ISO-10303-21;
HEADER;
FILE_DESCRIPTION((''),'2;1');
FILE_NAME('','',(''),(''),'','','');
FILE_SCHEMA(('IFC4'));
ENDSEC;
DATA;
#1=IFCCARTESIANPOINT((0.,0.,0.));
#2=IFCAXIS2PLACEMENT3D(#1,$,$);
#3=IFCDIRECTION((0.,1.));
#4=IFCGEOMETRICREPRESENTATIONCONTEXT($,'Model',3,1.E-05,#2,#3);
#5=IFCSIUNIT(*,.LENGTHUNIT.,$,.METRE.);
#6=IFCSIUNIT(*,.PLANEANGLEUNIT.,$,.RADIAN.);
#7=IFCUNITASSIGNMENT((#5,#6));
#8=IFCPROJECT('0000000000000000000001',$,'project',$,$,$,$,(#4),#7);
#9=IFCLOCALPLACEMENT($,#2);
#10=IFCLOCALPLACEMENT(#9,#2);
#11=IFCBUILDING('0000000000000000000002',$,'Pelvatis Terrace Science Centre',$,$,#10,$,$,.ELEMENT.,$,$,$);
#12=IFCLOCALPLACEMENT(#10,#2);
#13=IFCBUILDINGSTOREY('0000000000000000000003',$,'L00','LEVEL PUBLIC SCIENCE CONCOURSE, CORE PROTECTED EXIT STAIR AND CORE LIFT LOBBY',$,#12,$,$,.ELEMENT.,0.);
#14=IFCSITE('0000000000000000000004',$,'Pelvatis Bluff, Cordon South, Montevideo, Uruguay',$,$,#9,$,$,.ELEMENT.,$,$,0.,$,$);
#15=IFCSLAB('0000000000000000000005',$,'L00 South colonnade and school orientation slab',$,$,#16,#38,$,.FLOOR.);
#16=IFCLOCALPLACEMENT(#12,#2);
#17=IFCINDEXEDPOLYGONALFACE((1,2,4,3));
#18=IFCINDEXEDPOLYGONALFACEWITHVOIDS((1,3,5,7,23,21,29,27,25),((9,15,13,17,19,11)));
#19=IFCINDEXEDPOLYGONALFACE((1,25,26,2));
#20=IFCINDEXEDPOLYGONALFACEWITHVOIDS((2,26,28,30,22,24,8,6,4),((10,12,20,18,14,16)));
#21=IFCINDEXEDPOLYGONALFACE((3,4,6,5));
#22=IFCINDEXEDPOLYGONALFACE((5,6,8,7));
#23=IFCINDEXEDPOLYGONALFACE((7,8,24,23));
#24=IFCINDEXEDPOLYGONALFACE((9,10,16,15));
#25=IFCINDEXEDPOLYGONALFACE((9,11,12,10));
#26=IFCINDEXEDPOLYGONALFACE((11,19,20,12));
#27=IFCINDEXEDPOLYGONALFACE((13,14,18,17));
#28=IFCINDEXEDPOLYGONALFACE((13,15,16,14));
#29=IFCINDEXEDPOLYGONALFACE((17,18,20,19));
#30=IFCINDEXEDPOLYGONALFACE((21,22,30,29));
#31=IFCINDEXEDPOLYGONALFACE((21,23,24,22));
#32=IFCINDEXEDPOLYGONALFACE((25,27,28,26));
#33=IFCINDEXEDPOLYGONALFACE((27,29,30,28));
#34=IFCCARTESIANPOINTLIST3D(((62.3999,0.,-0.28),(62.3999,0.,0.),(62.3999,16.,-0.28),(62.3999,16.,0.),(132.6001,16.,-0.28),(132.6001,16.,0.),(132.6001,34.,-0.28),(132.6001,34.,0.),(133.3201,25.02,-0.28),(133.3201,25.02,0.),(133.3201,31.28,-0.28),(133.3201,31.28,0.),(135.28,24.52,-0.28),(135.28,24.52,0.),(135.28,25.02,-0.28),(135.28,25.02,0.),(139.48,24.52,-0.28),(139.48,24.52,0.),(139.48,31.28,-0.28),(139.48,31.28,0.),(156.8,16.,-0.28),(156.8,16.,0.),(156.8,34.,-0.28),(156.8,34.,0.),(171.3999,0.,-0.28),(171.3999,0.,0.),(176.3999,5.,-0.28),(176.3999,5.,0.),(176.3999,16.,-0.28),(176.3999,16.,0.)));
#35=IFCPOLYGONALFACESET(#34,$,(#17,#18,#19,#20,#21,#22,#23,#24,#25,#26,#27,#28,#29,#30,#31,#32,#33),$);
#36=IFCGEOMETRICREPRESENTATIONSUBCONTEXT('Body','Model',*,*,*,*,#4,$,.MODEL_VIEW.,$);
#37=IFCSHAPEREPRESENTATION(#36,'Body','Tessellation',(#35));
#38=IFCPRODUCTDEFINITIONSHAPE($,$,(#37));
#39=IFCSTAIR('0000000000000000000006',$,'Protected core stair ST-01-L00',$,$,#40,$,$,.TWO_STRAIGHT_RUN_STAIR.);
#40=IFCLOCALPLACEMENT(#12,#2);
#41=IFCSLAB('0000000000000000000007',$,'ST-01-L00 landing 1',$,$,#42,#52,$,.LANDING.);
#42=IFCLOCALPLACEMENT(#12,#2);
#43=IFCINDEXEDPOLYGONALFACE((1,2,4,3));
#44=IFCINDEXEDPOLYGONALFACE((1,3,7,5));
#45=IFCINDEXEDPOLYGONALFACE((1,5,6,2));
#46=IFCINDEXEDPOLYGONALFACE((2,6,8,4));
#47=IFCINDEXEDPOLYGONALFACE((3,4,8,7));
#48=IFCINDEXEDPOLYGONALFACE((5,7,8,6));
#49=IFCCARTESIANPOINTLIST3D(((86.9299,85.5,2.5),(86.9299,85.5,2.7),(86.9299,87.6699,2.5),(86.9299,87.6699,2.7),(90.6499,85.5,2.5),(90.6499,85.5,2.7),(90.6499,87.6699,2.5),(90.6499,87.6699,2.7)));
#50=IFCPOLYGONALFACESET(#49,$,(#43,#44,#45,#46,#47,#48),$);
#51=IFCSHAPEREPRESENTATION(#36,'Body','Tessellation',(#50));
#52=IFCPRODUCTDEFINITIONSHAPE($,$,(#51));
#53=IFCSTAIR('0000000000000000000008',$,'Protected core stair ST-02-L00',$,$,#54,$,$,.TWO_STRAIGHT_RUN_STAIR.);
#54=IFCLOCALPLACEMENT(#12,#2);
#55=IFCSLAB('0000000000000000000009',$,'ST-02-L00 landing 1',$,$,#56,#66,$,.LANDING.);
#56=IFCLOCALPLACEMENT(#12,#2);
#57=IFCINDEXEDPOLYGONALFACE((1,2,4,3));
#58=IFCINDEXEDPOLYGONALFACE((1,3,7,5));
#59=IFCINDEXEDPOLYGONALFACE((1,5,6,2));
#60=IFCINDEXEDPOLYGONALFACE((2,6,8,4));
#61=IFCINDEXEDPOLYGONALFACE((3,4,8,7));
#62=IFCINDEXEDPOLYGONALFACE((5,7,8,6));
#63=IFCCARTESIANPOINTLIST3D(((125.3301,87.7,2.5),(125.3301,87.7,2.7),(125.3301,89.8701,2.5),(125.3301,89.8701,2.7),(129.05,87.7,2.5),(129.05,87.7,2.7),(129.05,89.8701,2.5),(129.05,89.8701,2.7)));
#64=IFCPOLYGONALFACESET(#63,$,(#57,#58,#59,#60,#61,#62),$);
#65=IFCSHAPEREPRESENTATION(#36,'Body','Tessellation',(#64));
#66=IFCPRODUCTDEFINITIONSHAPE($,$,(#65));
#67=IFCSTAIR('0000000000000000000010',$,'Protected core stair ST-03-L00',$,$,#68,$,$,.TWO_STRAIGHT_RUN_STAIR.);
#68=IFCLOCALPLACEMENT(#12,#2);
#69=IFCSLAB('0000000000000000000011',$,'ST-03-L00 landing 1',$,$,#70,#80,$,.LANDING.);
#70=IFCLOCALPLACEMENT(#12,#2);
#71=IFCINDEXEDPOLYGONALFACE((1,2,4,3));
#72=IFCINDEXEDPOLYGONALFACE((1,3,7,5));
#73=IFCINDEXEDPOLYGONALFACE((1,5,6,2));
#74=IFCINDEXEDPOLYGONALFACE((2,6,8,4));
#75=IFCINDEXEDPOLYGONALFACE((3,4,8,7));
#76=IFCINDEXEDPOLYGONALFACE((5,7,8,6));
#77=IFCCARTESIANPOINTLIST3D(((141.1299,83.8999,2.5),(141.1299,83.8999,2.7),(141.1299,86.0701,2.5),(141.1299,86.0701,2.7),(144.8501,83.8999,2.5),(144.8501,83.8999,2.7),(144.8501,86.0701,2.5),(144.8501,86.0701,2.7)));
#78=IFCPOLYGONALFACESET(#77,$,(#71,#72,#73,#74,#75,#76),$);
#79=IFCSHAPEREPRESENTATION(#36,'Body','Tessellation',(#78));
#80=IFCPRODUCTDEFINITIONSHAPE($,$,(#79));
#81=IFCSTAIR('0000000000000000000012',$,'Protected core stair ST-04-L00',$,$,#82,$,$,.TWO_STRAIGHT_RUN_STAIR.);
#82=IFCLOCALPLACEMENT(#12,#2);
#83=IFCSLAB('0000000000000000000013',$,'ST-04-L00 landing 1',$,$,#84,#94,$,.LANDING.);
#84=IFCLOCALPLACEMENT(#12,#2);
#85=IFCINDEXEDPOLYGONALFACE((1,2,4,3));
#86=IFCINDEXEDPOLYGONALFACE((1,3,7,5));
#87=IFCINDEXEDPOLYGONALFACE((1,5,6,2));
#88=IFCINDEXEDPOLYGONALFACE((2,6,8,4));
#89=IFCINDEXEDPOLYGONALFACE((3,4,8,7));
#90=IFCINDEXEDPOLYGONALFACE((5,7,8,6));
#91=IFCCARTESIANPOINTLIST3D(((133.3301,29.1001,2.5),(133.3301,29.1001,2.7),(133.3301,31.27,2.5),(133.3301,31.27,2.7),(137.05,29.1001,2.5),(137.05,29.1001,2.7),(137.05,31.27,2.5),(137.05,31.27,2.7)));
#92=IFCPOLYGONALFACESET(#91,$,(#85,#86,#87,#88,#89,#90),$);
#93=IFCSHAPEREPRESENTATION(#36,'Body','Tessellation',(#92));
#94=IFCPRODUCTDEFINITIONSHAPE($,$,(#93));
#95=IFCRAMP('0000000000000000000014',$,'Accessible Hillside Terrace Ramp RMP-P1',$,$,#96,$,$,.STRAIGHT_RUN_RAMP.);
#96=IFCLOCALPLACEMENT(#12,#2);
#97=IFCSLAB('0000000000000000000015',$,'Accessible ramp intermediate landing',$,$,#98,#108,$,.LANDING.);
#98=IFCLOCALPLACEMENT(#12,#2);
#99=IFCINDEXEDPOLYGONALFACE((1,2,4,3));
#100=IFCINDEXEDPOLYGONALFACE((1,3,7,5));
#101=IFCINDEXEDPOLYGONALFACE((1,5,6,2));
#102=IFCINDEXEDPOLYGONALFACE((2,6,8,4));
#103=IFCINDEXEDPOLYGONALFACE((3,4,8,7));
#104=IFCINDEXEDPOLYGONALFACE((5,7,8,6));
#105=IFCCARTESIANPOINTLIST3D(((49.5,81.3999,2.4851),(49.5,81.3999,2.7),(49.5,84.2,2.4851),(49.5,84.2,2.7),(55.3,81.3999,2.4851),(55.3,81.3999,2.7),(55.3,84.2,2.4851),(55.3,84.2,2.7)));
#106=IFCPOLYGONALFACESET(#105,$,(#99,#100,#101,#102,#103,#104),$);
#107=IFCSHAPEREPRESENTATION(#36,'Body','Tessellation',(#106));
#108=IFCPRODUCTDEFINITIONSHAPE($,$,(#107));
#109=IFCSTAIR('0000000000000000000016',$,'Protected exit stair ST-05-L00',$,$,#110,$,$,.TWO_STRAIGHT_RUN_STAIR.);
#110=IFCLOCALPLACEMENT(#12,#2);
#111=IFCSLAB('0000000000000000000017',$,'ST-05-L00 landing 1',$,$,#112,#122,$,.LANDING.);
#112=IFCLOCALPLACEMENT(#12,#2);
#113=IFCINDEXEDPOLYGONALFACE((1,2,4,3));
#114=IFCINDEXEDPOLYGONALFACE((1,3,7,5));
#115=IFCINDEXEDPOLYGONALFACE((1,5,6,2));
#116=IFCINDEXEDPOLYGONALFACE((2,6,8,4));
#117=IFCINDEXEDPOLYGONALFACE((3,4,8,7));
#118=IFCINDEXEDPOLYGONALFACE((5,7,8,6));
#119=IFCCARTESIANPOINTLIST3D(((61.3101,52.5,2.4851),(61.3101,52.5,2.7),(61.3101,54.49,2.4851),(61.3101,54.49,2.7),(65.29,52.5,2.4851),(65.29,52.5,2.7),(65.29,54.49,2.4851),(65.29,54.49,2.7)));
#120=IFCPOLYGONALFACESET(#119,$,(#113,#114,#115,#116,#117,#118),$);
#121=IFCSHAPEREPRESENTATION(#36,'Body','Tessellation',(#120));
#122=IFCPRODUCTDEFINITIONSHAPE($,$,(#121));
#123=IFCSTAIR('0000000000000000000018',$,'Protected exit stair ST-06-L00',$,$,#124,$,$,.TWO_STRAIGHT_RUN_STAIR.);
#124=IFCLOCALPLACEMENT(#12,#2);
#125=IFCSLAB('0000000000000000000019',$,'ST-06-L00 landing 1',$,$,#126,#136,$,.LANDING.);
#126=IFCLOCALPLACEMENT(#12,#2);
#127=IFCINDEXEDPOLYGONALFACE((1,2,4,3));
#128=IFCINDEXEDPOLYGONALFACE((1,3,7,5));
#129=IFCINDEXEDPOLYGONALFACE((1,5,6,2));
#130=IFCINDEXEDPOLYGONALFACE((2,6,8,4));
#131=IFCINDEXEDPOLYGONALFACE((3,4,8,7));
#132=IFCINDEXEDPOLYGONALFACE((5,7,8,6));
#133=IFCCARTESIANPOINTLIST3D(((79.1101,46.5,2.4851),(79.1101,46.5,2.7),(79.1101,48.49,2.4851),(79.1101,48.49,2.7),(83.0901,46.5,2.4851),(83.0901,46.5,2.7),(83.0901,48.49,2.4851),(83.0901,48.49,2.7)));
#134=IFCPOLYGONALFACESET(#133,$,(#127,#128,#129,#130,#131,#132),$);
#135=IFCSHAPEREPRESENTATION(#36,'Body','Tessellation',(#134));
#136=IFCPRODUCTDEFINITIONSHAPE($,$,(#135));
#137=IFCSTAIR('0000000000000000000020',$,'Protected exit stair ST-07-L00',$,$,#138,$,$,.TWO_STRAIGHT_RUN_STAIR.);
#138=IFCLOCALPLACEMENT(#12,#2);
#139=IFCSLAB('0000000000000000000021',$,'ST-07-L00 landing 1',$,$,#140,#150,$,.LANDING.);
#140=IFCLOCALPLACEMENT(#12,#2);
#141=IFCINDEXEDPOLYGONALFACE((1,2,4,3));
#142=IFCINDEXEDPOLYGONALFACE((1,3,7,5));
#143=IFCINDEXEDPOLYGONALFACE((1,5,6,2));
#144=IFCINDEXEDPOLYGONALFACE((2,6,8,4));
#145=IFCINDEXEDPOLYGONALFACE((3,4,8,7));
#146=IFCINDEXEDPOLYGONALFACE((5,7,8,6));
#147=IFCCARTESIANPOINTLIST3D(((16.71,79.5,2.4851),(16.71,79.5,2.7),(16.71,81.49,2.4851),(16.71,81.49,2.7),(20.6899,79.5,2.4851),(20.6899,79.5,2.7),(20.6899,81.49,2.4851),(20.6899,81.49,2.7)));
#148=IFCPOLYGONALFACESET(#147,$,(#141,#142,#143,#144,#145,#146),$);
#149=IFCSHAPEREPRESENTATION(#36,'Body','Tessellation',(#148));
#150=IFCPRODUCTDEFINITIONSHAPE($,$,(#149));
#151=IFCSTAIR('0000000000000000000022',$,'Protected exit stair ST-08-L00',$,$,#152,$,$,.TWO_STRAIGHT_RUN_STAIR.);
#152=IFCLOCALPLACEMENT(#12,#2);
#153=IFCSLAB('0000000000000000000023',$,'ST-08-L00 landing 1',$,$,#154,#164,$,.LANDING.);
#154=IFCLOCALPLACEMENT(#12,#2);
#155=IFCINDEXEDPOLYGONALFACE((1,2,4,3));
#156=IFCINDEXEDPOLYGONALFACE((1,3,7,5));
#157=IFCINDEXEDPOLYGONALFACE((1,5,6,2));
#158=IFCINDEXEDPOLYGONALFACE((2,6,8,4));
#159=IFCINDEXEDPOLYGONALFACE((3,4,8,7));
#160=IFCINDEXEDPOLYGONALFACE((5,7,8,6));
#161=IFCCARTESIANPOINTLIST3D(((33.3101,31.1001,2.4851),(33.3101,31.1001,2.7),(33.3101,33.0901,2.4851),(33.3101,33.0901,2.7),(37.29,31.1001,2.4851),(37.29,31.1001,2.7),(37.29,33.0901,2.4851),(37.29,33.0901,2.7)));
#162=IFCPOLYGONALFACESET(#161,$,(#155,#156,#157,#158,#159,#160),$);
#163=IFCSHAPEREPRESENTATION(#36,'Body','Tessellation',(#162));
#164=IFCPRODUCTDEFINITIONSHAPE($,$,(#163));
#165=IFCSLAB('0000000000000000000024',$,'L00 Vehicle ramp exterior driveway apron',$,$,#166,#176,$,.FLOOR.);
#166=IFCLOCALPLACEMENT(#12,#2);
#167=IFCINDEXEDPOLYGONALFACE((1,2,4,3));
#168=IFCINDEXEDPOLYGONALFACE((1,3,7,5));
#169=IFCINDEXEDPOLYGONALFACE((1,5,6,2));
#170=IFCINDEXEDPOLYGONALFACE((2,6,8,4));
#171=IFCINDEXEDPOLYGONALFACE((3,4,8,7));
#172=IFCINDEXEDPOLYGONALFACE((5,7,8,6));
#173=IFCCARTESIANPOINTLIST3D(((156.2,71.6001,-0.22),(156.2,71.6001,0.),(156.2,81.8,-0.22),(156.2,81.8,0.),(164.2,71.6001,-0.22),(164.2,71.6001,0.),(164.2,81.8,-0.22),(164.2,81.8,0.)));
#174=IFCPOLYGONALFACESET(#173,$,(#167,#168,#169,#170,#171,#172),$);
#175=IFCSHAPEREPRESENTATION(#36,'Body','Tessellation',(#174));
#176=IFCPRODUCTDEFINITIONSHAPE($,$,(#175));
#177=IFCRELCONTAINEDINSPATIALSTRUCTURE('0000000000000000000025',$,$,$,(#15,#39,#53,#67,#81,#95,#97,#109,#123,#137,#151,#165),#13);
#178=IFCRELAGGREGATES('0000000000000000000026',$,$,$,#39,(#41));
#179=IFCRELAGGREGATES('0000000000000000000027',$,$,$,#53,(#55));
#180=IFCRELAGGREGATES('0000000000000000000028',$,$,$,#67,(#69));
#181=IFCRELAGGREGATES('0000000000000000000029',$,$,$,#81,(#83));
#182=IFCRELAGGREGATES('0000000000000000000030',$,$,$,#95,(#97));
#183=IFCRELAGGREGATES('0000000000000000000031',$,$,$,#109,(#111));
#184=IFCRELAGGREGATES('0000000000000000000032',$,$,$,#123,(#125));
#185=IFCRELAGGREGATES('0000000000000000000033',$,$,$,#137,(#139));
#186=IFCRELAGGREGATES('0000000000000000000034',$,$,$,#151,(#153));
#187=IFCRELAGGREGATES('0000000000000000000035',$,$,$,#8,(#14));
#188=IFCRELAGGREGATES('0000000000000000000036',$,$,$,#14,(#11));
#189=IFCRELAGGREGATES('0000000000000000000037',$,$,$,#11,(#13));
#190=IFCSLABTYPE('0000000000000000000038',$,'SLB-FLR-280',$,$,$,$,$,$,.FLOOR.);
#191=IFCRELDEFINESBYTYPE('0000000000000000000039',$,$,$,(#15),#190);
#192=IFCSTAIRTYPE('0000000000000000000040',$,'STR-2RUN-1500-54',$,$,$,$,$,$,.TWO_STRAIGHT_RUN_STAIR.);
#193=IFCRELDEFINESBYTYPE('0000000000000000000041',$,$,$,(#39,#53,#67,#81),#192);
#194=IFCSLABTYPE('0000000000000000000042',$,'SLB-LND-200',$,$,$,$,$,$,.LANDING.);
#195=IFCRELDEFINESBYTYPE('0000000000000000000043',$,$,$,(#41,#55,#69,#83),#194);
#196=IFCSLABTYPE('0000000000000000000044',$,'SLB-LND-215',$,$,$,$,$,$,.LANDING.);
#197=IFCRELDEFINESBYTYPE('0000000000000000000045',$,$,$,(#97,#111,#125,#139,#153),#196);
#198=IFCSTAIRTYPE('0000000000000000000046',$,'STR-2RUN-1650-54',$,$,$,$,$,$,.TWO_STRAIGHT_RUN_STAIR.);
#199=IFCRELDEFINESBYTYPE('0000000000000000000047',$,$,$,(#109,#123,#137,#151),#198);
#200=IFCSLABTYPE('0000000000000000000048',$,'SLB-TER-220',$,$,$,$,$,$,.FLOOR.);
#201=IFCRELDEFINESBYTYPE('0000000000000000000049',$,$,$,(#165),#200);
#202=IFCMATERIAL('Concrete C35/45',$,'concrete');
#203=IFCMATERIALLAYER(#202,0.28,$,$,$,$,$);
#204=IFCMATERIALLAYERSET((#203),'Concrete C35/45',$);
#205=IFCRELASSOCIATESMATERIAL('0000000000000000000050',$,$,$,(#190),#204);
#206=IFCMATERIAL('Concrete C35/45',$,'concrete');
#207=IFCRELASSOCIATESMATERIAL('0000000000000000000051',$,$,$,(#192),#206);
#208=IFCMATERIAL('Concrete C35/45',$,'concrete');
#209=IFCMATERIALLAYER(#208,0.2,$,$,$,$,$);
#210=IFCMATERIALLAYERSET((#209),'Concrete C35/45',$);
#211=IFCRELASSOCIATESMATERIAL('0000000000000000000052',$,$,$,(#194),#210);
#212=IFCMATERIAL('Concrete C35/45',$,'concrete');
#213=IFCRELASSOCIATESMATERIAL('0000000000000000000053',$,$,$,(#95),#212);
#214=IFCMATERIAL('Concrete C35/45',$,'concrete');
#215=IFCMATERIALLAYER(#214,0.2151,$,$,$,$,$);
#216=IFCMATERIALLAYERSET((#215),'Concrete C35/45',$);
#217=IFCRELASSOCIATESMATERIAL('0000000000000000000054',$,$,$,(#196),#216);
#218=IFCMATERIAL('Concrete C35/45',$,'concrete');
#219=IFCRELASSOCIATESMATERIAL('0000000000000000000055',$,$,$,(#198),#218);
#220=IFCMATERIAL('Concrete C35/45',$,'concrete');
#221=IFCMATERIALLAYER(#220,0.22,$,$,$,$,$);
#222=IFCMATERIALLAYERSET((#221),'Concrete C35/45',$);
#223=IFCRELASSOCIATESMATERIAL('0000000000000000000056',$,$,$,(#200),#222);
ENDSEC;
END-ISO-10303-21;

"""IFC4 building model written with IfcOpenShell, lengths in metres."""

from ifc_helpers import new_model, si_unit, direction, frame, origin, place, context, subcontext, project, spatial, polyline, outline, extrude, material, layer, layer_set, type_object, element, aggregate, save


model = new_model("IFC4")

# Units and contexts
model_context = context("Model", 3, precision=1e-05, world=origin(), true_north=direction((0.0, 1.0)))
body_context = subcontext(model_context, "Body", "Model", "MODEL_VIEW")
ifc_project = project(units=[si_unit("LENGTHUNIT", "METRE"), si_unit("PLANEANGLEUNIT", "RADIAN")], contexts=[model_context])

# Site, building, storey
site_placement = place(None, origin())
site = spatial("IfcSite", under=ifc_project, at=site_placement, Name="Pelvatis Bluff, Cordon South, Montevideo, Uruguay", CompositionType="ELEMENT", RefElevation=0.0)
building_placement = place(site_placement, origin())
building = spatial("IfcBuilding", under=site, at=building_placement, Name="Pelvatis Terrace Science Centre", CompositionType="ELEMENT")
storey_placement = place(building_placement, origin())
storey = spatial("IfcBuildingStorey", under=building, at=storey_placement, Name="L00", Description="LEVEL PUBLIC SCIENCE CONCOURSE, CORE PROTECTED EXIT STAIR AND CORE LIFT LOBBY", CompositionType="ELEMENT", Elevation=0.0)

# Slab
ifc_material_1 = material(Name="Concrete C35/45", Category="concrete")
ifc_layer_1 = layer(ifc_material_1, 0.28)
ifc_layer_set_1 = layer_set([ifc_layer_1], Name="Concrete C35/45")
slab_type_1 = type_object("IfcSlabType", Name="SLB-FLR-280", PredefinedType="FLOOR", material=ifc_layer_set_1)
slab_1_placement = place(storey_placement, frame((0.0, 0.0, -0.28)))
element("IfcSlab", 1, at=slab_1_placement, inside=storey, type_object=slab_type_1, Name="L00 South colonnade and school orientation slab", PredefinedType="FLOOR", context=body_context, shape_type="SweptSolid", body=[
    extrude(outline(polyline([(132.6001, 16.0), (132.6001, 34.0), (156.8, 34.0), (156.8, 16.0), (176.3999, 16.0), (176.3999, 5.0), (171.3999, 0.0), (62.3999, 0.0), (62.3999, 16.0), (132.6001, 16.0)]), holes=[polyline([(135.28, 25.02), (135.28, 24.52), (139.48, 24.52), (139.48, 31.28), (133.3201, 31.28), (133.3201, 25.02), (135.28, 25.02)])]), origin(), (0.0, 0.0, 1.0), 0.28),
])

# Stairs, slabs
ifc_material_2 = material(Name="Concrete C35/45", Category="concrete")
stair_type_1 = type_object("IfcStairType", Name="STR-2RUN-1500-54", PredefinedType="TWO_STRAIGHT_RUN_STAIR", material=ifc_material_2)
stair_1_placement = place(storey_placement, origin())
stair_1 = element("IfcStair", 2, at=stair_1_placement, inside=storey, type_object=stair_type_1, Name="Protected core stair ST-01-L00", PredefinedType="TWO_STRAIGHT_RUN_STAIR")
ifc_material_3 = material(Name="Concrete C35/45", Category="concrete")
ifc_layer_2 = layer(ifc_material_3, 0.2)
ifc_layer_set_2 = layer_set([ifc_layer_2], Name="Concrete C35/45")
slab_type_2 = type_object("IfcSlabType", Name="SLB-LND-200", PredefinedType="LANDING", material=ifc_layer_set_2)
slab_2_placement = place(storey_placement, frame((0.0, 0.0, 2.5)))
slab_2 = element("IfcSlab", 3, at=slab_2_placement, type_object=slab_type_2, Name="ST-01-L00 landing 1", PredefinedType="LANDING", context=body_context, shape_type="SweptSolid", body=[
    extrude(outline(polyline([(86.9299, 85.5), (90.6499, 85.5), (90.6499, 87.6699), (86.9299, 87.6699), (86.9299, 85.5)])), origin(), (0.0, 0.0, 1.0), 0.2),
])
aggregate(stair_1, [slab_2])
stair_2_placement = place(storey_placement, origin())
stair_2 = element("IfcStair", 4, at=stair_2_placement, inside=storey, type_object=stair_type_1, Name="Protected core stair ST-02-L00", PredefinedType="TWO_STRAIGHT_RUN_STAIR")
slab_3_placement = place(storey_placement, frame((0.0, 0.0, 2.5)))
slab_3 = element("IfcSlab", 5, at=slab_3_placement, type_object=slab_type_2, Name="ST-02-L00 landing 1", PredefinedType="LANDING", context=body_context, shape_type="SweptSolid", body=[
    extrude(outline(polyline([(125.3301, 87.7), (129.05, 87.7), (129.05, 89.8701), (125.3301, 89.8701), (125.3301, 87.7)])), origin(), (0.0, 0.0, 1.0), 0.2),
])
aggregate(stair_2, [slab_3])
stair_3_placement = place(storey_placement, origin())
stair_3 = element("IfcStair", 6, at=stair_3_placement, inside=storey, type_object=stair_type_1, Name="Protected core stair ST-03-L00", PredefinedType="TWO_STRAIGHT_RUN_STAIR")
slab_4_placement = place(storey_placement, frame((0.0, 0.0, 2.5)))
slab_4 = element("IfcSlab", 7, at=slab_4_placement, type_object=slab_type_2, Name="ST-03-L00 landing 1", PredefinedType="LANDING", context=body_context, shape_type="SweptSolid", body=[
    extrude(outline(polyline([(141.1299, 83.8999), (144.8501, 83.8999), (144.8501, 86.0701), (141.1299, 86.0701), (141.1299, 83.8999)])), origin(), (0.0, 0.0, 1.0), 0.2),
])
aggregate(stair_3, [slab_4])
stair_4_placement = place(storey_placement, origin())
stair_4 = element("IfcStair", 8, at=stair_4_placement, inside=storey, type_object=stair_type_1, Name="Protected core stair ST-04-L00", PredefinedType="TWO_STRAIGHT_RUN_STAIR")
slab_5_placement = place(storey_placement, frame((0.0, 0.0, 2.5)))
slab_5 = element("IfcSlab", 9, at=slab_5_placement, type_object=slab_type_2, Name="ST-04-L00 landing 1", PredefinedType="LANDING", context=body_context, shape_type="SweptSolid", body=[
    extrude(outline(polyline([(133.3301, 29.1001), (137.05, 29.1001), (137.05, 31.27), (133.3301, 31.27), (133.3301, 29.1001)])), origin(), (0.0, 0.0, 1.0), 0.2),
])
aggregate(stair_4, [slab_5])

# Ramp, slab
ifc_material_4 = material(Name="Concrete C35/45", Category="concrete")
ramp_placement = place(storey_placement, origin())
ramp = element("IfcRamp", 10, at=ramp_placement, inside=storey, material=ifc_material_4, Name="Accessible Hillside Terrace Ramp RMP-P1", PredefinedType="STRAIGHT_RUN_RAMP")
ifc_material_5 = material(Name="Concrete C35/45", Category="concrete")
ifc_layer_3 = layer(ifc_material_5, 0.2151)
ifc_layer_set_3 = layer_set([ifc_layer_3], Name="Concrete C35/45")
slab_type_3 = type_object("IfcSlabType", Name="SLB-LND-215", PredefinedType="LANDING", material=ifc_layer_set_3)
slab_6_placement = place(storey_placement, frame((0.0, 0.0, 2.4851)))
slab_6 = element("IfcSlab", 11, at=slab_6_placement, inside=storey, type_object=slab_type_3, Name="Accessible ramp intermediate landing", PredefinedType="LANDING", context=body_context, shape_type="SweptSolid", body=[
    extrude(outline(polyline([(49.5, 81.3999), (55.3, 81.3999), (55.3, 84.2), (49.5, 84.2), (49.5, 81.3999)])), origin(), (0.0, 0.0, 1.0), 0.2148),
])
aggregate(ramp, [slab_6])

# Stairs, slabs
ifc_material_6 = material(Name="Concrete C35/45", Category="concrete")
stair_type_2 = type_object("IfcStairType", Name="STR-2RUN-1650-54", PredefinedType="TWO_STRAIGHT_RUN_STAIR", material=ifc_material_6)
stair_5_placement = place(storey_placement, origin())
stair_5 = element("IfcStair", 12, at=stair_5_placement, inside=storey, type_object=stair_type_2, Name="Protected exit stair ST-05-L00", PredefinedType="TWO_STRAIGHT_RUN_STAIR")
slab_7_placement = place(storey_placement, frame((0.0, 0.0, 2.4851)))
slab_7 = element("IfcSlab", 13, at=slab_7_placement, type_object=slab_type_3, Name="ST-05-L00 landing 1", PredefinedType="LANDING", context=body_context, shape_type="SweptSolid", body=[
    extrude(outline(polyline([(61.3101, 52.5), (65.29, 52.5), (65.29, 54.49), (61.3101, 54.49), (61.3101, 52.5)])), origin(), (0.0, 0.0, 1.0), 0.2148),
])
aggregate(stair_5, [slab_7])
stair_6_placement = place(storey_placement, origin())
stair_6 = element("IfcStair", 14, at=stair_6_placement, inside=storey, type_object=stair_type_2, Name="Protected exit stair ST-06-L00", PredefinedType="TWO_STRAIGHT_RUN_STAIR")
slab_8_placement = place(storey_placement, frame((0.0, 0.0, 2.4851)))
slab_8 = element("IfcSlab", 15, at=slab_8_placement, type_object=slab_type_3, Name="ST-06-L00 landing 1", PredefinedType="LANDING", context=body_context, shape_type="SweptSolid", body=[
    extrude(outline(polyline([(79.1101, 46.5), (83.0901, 46.5), (83.0901, 48.49), (79.1101, 48.49), (79.1101, 46.5)])), origin(), (0.0, 0.0, 1.0), 0.2148),
])
aggregate(stair_6, [slab_8])
stair_7_placement = place(storey_placement, origin())
stair_7 = element("IfcStair", 16, at=stair_7_placement, inside=storey, type_object=stair_type_2, Name="Protected exit stair ST-07-L00", PredefinedType="TWO_STRAIGHT_RUN_STAIR")
slab_9_placement = place(storey_placement, frame((0.0, 0.0, 2.4851)))
slab_9 = element("IfcSlab", 17, at=slab_9_placement, type_object=slab_type_3, Name="ST-07-L00 landing 1", PredefinedType="LANDING", context=body_context, shape_type="SweptSolid", body=[
    extrude(outline(polyline([(16.71, 79.5), (20.6899, 79.5), (20.6899, 81.49), (16.71, 81.49), (16.71, 79.5)])), origin(), (0.0, 0.0, 1.0), 0.2148),
])
aggregate(stair_7, [slab_9])
stair_8_placement = place(storey_placement, origin())
stair_8 = element("IfcStair", 18, at=stair_8_placement, inside=storey, type_object=stair_type_2, Name="Protected exit stair ST-08-L00", PredefinedType="TWO_STRAIGHT_RUN_STAIR")
slab_10_placement = place(storey_placement, frame((0.0, 0.0, 2.4851)))
slab_10 = element("IfcSlab", 19, at=slab_10_placement, type_object=slab_type_3, Name="ST-08-L00 landing 1", PredefinedType="LANDING", context=body_context, shape_type="SweptSolid", body=[
    extrude(outline(polyline([(33.3101, 31.1001), (37.29, 31.1001), (37.29, 33.0901), (33.3101, 33.0901), (33.3101, 31.1001)])), origin(), (0.0, 0.0, 1.0), 0.2148),
])
aggregate(stair_8, [slab_10])

# Slab
ifc_material_7 = material(Name="Concrete C35/45", Category="concrete")
ifc_layer_4 = layer(ifc_material_7, 0.22)
ifc_layer_set_4 = layer_set([ifc_layer_4], Name="Concrete C35/45")
slab_type_4 = type_object("IfcSlabType", Name="SLB-TER-220", PredefinedType="FLOOR", material=ifc_layer_set_4)
slab_11_placement = place(storey_placement, frame((0.0, 0.0, -0.22)))
element("IfcSlab", 20, at=slab_11_placement, inside=storey, type_object=slab_type_4, Name="L00 Vehicle ramp exterior driveway apron", PredefinedType="FLOOR", context=body_context, shape_type="SweptSolid", body=[
    extrude(outline(polyline([(156.2, 81.8), (164.2, 81.8), (164.2, 71.6001), (156.2, 71.6001), (156.2, 81.8)])), origin(), (0.0, 0.0, 1.0), 0.22),
])

save(model, "model.ifc")
